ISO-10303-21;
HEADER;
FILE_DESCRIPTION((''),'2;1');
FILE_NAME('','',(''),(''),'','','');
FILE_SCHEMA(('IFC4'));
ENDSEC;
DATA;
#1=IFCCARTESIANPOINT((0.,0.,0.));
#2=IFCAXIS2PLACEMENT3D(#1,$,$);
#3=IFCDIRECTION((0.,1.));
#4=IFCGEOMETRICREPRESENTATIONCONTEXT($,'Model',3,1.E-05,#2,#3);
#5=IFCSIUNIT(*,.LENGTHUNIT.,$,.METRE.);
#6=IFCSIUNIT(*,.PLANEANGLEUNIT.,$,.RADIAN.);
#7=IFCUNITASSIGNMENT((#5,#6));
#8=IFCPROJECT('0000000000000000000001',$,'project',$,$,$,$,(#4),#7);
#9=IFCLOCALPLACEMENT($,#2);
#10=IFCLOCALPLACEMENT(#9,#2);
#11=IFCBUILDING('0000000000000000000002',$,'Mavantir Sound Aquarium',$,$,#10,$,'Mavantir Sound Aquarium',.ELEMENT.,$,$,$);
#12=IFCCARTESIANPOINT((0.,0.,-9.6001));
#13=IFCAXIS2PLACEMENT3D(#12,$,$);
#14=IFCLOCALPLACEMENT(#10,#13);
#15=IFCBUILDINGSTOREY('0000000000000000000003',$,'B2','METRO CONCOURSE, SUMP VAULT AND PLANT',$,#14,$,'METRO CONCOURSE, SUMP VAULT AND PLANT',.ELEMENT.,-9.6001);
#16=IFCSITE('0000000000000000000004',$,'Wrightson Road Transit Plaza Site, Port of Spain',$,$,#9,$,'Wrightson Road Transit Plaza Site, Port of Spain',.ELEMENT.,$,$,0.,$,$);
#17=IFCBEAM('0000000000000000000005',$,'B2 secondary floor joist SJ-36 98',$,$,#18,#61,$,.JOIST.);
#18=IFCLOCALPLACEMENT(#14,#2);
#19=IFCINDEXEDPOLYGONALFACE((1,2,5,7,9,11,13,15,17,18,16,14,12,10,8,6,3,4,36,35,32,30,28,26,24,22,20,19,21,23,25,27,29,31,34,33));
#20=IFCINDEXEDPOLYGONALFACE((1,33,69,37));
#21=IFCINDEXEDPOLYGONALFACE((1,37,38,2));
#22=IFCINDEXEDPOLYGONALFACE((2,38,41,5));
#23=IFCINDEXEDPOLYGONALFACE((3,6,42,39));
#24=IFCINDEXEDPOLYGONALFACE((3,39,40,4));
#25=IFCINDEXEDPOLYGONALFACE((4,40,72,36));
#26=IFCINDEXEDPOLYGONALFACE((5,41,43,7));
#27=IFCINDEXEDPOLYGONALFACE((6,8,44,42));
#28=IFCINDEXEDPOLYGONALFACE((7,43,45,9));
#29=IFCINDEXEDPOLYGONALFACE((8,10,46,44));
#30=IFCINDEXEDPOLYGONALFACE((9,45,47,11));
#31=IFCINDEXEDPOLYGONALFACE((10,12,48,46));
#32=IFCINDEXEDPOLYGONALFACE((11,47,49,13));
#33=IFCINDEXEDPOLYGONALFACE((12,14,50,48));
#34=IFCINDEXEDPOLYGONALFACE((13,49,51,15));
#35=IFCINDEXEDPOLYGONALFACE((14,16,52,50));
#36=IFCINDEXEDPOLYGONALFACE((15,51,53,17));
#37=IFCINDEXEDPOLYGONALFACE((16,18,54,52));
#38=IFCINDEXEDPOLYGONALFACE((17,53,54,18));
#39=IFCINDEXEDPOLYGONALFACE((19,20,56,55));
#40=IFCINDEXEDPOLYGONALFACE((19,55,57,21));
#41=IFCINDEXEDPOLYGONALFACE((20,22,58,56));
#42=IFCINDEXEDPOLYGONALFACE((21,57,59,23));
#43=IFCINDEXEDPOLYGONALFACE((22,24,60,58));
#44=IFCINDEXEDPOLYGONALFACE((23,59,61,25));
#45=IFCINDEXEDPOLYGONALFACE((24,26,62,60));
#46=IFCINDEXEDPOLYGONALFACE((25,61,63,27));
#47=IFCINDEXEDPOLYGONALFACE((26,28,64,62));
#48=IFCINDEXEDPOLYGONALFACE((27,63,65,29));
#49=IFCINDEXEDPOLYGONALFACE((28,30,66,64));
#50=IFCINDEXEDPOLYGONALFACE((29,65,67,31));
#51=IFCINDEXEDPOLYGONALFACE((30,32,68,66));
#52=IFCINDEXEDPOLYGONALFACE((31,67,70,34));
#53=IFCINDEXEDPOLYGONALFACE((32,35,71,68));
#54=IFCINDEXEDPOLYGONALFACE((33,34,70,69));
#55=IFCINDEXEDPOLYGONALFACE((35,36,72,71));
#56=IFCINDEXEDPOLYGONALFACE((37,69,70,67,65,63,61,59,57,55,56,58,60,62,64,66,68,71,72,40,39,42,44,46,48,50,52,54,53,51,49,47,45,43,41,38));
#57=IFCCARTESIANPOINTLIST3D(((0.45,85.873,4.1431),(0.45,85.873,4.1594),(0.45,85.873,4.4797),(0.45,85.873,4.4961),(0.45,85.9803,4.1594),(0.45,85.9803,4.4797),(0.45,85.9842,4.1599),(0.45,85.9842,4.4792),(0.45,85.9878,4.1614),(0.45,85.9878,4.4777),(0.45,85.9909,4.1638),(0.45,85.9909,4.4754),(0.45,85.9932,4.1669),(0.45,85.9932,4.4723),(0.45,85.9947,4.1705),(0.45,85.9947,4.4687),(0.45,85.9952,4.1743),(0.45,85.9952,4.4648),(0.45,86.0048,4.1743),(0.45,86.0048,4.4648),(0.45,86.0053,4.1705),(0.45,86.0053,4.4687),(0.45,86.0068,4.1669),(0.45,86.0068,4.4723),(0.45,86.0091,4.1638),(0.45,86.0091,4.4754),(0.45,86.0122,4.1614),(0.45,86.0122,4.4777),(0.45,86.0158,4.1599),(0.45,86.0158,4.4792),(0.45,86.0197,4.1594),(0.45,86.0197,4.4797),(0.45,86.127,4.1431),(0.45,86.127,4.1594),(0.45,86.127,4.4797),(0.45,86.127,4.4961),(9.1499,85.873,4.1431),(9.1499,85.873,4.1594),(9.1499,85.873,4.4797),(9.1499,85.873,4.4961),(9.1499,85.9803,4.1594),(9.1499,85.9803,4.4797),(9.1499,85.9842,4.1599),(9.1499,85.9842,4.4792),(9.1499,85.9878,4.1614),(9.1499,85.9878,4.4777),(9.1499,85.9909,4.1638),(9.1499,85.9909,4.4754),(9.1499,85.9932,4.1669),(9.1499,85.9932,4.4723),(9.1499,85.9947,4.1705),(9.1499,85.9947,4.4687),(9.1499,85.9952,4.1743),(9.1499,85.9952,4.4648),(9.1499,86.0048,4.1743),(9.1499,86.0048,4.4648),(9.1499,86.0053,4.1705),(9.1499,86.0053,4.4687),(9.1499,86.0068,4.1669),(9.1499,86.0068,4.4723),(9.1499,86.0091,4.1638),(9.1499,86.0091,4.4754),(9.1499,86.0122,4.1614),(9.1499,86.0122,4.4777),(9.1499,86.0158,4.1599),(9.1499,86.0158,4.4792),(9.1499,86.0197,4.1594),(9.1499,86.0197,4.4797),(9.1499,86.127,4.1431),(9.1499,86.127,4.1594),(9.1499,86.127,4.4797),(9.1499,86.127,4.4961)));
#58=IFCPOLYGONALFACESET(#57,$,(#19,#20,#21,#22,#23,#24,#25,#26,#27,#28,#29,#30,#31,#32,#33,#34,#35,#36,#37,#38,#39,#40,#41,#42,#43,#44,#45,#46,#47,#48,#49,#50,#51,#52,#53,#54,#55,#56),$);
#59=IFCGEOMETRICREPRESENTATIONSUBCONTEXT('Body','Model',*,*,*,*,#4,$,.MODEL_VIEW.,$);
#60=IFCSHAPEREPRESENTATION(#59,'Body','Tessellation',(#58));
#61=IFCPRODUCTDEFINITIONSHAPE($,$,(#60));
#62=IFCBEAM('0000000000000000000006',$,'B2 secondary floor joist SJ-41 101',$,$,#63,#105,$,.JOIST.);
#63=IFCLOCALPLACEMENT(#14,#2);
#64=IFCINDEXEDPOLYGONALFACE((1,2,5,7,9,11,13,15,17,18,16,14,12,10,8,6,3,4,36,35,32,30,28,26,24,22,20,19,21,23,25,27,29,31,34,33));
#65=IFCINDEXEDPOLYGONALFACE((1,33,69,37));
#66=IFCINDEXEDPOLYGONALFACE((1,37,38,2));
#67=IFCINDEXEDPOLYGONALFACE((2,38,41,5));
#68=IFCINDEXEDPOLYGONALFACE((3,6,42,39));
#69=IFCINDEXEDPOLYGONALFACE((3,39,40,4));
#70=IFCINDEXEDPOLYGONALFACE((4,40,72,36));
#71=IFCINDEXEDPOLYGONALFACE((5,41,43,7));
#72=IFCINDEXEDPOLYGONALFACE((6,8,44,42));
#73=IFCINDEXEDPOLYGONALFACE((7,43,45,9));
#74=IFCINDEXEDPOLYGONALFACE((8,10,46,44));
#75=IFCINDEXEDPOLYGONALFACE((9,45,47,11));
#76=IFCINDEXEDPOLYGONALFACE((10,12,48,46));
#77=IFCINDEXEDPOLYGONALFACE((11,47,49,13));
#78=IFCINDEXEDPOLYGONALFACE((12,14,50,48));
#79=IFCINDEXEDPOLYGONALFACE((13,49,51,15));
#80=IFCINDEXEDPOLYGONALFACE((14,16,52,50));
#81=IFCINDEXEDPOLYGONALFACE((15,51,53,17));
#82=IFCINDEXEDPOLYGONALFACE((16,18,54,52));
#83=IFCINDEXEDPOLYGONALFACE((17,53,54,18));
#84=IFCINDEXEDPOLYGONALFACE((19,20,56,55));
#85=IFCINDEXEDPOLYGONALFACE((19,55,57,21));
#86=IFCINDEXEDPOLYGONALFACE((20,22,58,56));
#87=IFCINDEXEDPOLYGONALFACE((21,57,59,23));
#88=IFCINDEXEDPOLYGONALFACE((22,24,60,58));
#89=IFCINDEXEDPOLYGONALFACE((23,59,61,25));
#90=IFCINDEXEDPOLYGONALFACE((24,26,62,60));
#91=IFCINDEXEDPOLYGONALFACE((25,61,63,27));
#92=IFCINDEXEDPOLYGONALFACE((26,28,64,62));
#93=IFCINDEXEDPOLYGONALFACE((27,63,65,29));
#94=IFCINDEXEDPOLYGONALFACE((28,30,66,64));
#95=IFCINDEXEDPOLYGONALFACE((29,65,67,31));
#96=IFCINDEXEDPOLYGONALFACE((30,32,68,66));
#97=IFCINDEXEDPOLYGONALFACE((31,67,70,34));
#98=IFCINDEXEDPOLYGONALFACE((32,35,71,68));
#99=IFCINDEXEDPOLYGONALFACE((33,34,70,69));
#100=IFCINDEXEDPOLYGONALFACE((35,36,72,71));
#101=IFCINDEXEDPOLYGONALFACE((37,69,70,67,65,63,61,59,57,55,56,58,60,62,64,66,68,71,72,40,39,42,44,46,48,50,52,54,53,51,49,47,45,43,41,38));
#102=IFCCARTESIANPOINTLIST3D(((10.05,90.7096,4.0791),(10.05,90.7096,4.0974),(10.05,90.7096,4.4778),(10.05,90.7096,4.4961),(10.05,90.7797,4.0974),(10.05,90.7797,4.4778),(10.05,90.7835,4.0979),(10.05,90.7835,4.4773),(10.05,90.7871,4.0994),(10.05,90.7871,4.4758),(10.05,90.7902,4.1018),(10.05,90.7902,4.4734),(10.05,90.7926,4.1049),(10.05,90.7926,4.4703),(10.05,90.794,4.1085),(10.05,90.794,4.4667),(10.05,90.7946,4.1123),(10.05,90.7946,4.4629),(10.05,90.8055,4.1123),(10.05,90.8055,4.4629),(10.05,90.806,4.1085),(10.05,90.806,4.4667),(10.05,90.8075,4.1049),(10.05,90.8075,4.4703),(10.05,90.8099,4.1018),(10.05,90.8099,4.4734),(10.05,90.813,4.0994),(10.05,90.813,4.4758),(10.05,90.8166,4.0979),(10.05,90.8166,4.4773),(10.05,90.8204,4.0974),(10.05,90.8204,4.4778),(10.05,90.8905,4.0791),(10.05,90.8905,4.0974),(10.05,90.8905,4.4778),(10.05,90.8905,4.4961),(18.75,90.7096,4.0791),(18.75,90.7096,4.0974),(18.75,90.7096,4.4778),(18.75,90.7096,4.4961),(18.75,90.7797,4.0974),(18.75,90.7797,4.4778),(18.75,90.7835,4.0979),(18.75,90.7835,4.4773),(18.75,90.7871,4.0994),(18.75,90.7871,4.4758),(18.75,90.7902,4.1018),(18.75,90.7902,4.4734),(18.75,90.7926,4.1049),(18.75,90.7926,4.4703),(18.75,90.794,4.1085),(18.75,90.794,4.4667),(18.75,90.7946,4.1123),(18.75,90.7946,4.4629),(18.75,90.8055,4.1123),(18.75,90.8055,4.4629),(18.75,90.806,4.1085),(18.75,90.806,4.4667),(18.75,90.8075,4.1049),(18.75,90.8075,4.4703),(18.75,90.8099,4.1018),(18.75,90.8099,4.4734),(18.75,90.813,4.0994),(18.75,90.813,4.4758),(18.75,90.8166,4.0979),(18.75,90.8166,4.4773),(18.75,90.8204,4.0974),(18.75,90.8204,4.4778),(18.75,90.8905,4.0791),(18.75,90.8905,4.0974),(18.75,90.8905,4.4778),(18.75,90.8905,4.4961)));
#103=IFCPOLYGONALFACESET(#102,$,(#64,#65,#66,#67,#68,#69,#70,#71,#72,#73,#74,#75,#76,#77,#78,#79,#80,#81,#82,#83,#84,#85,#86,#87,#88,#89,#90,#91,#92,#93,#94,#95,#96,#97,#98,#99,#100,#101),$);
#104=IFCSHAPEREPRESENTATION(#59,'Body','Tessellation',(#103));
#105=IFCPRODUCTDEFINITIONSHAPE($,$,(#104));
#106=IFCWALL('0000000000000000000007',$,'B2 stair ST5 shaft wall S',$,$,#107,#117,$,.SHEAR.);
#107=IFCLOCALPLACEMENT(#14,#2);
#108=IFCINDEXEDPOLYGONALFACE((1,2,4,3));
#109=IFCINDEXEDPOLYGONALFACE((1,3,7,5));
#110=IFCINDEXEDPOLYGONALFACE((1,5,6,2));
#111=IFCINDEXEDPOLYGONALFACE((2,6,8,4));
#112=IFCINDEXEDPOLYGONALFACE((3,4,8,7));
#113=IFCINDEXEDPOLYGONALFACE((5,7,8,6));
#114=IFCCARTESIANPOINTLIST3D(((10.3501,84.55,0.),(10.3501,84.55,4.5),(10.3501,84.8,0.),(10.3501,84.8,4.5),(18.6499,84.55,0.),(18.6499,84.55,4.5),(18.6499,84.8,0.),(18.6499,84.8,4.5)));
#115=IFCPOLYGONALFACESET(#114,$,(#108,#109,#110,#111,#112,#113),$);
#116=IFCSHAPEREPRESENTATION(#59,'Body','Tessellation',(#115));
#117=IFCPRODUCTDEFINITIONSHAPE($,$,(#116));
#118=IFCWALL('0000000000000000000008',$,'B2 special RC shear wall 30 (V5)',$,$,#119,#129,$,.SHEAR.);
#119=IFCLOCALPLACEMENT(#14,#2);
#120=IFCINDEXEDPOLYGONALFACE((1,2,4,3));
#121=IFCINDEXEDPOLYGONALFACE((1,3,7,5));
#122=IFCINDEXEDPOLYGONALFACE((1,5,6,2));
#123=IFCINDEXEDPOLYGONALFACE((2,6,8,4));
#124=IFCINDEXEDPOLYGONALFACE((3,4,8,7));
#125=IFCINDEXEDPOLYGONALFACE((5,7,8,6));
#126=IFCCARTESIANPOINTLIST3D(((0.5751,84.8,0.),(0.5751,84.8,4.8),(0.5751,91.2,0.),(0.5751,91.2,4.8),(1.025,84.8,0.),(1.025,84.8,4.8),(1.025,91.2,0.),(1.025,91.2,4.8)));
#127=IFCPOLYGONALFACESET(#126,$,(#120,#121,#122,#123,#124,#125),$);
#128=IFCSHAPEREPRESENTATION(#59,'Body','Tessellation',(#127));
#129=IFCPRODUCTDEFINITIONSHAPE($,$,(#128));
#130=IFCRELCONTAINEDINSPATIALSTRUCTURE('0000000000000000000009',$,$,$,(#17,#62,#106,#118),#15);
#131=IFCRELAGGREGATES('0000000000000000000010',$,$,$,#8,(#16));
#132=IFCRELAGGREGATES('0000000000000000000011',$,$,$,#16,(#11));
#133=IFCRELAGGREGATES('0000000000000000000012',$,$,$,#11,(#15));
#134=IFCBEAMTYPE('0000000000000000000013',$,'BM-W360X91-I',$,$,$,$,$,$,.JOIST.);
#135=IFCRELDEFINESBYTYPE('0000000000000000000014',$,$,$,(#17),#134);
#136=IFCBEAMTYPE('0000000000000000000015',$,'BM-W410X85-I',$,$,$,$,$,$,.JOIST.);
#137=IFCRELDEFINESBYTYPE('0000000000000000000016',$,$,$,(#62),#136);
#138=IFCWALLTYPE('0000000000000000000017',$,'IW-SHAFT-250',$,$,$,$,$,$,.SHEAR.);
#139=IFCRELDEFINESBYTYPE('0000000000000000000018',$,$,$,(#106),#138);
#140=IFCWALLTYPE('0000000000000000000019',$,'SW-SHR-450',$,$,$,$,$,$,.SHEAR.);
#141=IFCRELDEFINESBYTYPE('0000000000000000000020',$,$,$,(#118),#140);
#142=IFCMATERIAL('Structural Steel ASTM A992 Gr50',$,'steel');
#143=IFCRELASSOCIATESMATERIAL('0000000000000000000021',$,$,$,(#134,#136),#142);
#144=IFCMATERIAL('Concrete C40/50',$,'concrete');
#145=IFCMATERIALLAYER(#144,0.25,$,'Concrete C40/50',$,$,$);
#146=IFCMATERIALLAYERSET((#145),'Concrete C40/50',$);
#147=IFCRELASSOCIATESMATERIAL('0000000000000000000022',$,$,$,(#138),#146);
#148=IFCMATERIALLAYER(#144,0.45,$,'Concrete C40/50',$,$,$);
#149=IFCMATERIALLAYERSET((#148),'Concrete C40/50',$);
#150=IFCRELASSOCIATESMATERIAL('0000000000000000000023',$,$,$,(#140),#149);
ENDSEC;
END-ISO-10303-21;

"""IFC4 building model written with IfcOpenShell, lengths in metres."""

from ifc_helpers import new_model, si_unit, direction, frame, frame_2d, origin, origin_2d, place, context, subcontext, project, spatial, rectangle, i_section, extrude, material, layer, layer_set, material_profile, profile_set, type_object, element, save


model = new_model("IFC4")

# Units and contexts
model_context = context("Model", 3, precision=1e-05, world=origin(), true_north=direction((0.0, 1.0)))
body_context = subcontext(model_context, "Body", "Model", "MODEL_VIEW")
ifc_project = project(units=[si_unit("LENGTHUNIT", "METRE"), si_unit("PLANEANGLEUNIT", "RADIAN")], contexts=[model_context])

# Site, building, storey
site_placement = place(None, origin())
site = spatial("IfcSite", under=ifc_project, at=site_placement, Name="Wrightson Road Transit Plaza Site, Port of Spain", LongName="Wrightson Road Transit Plaza Site, Port of Spain", CompositionType="ELEMENT", RefElevation=0.0)
building_placement = place(site_placement, origin())
building = spatial("IfcBuilding", under=site, at=building_placement, Name="Mavantir Sound Aquarium", LongName="Mavantir Sound Aquarium", CompositionType="ELEMENT")
storey_placement = place(building_placement, frame((0.0, 0.0, -9.6001)))
storey = spatial("IfcBuildingStorey", under=building, at=storey_placement, Name="B2", Description="METRO CONCOURSE, SUMP VAULT AND PLANT", LongName="METRO CONCOURSE, SUMP VAULT AND PLANT", CompositionType="ELEMENT", Elevation=-9.6001)

# Shared definitions
ifc_material_1 = material(Name="Concrete C40/50", Category="concrete")

# Beams
ifc_material_2 = material(Name="Structural Steel ASTM A992 Gr50", Category="steel")
ifc_material_profile_1 = material_profile(ifc_material_2, i_section(OverallWidth=0.2539, OverallDepth=0.353, WebThickness=0.0095, FlangeThickness=0.0164, FilletRadius=0.0149, at=origin_2d()), Name="W360X91")
ifc_profile_set_1 = profile_set([ifc_material_profile_1], Name="Structural Steel ASTM A992 Gr50")
beam_type_1 = type_object("IfcBeamType", Name="BM-W360X91-I", PredefinedType="JOIST", material=ifc_profile_set_1)
beam_1_placement = place(storey_placement, frame((0.45, 86.0, 4.3196), z_axis=(1.0, 0.0, 0.0), x_axis=(0.0, 1.0, 0.0)))
element("IfcBeam", 1, at=beam_1_placement, inside=storey, type_object=beam_type_1, Name="B2 secondary floor joist SJ-36 98", PredefinedType="JOIST", context=body_context, shape_type="SweptSolid", body=[
    extrude(i_section(OverallWidth=0.2539, OverallDepth=0.353, WebThickness=0.0095, FlangeThickness=0.0164, FilletRadius=0.0149, at=origin_2d()), origin(), (0.0, 0.0, 1.0), 8.7),
])
ifc_material_profile_2 = material_profile(ifc_material_2, i_section(OverallWidth=0.1809, OverallDepth=0.417, WebThickness=0.011, FlangeThickness=0.0183, FilletRadius=0.0149, at=origin_2d()), Name="W410X85")
ifc_profile_set_2 = profile_set([ifc_material_profile_2], Name="Structural Steel ASTM A992 Gr50")
beam_type_2 = type_object("IfcBeamType", Name="BM-W410X85-I", PredefinedType="JOIST", material=ifc_profile_set_2)
beam_2_placement = place(storey_placement, frame((10.05, 90.8, 4.2876), z_axis=(1.0, 0.0, 0.0), x_axis=(0.0, 1.0, 0.0)))
element("IfcBeam", 2, at=beam_2_placement, inside=storey, type_object=beam_type_2, Name="B2 secondary floor joist SJ-41 101", PredefinedType="JOIST", context=body_context, shape_type="SweptSolid", body=[
    extrude(i_section(OverallWidth=0.1809, OverallDepth=0.417, WebThickness=0.011, FlangeThickness=0.0183, FilletRadius=0.0149, at=origin_2d()), origin(), (0.0, 0.0, 1.0), 8.7),
])

# Walls
ifc_layer_1 = layer(ifc_material_1, 0.25, Name="Concrete C40/50")
ifc_layer_set_1 = layer_set([ifc_layer_1], Name="Concrete C40/50")
wall_type_1 = type_object("IfcWallType", Name="IW-SHAFT-250", PredefinedType="SHEAR", material=ifc_layer_set_1)
wall_1_placement = place(storey_placement, frame((10.3501, 84.675, 0.0), z_axis=(0.0, 0.0, 1.0), x_axis=(1.0, 0.0, 0.0)))
element("IfcWall", 3, at=wall_1_placement, inside=storey, type_object=wall_type_1, Name="B2 stair ST5 shaft wall S", PredefinedType="SHEAR", context=body_context, shape_type="SweptSolid", body=[
    extrude(rectangle(XDim=8.2998, YDim=0.25, at=frame_2d((4.1499, 0.0))), origin(), (0.0, 0.0, 1.0), 4.5),
])
ifc_layer_2 = layer(ifc_material_1, 0.45, Name="Concrete C40/50")
ifc_layer_set_2 = layer_set([ifc_layer_2], Name="Concrete C40/50")
wall_type_2 = type_object("IfcWallType", Name="SW-SHR-450", PredefinedType="SHEAR", material=ifc_layer_set_2)
wall_2_placement = place(storey_placement, frame((0.8, 84.8, 0.0), z_axis=(0.0, 0.0, 1.0), x_axis=(0.0, 1.0, 0.0)))
element("IfcWall", 4, at=wall_2_placement, inside=storey, type_object=wall_type_2, Name="B2 special RC shear wall 30 (V5)", PredefinedType="SHEAR", context=body_context, shape_type="SweptSolid", body=[
    extrude(rectangle(XDim=6.3999, YDim=0.45, at=frame_2d((3.2, 0.0))), origin(), (0.0, 0.0, 1.0), 4.8),
])

save(model, "model.ifc")
